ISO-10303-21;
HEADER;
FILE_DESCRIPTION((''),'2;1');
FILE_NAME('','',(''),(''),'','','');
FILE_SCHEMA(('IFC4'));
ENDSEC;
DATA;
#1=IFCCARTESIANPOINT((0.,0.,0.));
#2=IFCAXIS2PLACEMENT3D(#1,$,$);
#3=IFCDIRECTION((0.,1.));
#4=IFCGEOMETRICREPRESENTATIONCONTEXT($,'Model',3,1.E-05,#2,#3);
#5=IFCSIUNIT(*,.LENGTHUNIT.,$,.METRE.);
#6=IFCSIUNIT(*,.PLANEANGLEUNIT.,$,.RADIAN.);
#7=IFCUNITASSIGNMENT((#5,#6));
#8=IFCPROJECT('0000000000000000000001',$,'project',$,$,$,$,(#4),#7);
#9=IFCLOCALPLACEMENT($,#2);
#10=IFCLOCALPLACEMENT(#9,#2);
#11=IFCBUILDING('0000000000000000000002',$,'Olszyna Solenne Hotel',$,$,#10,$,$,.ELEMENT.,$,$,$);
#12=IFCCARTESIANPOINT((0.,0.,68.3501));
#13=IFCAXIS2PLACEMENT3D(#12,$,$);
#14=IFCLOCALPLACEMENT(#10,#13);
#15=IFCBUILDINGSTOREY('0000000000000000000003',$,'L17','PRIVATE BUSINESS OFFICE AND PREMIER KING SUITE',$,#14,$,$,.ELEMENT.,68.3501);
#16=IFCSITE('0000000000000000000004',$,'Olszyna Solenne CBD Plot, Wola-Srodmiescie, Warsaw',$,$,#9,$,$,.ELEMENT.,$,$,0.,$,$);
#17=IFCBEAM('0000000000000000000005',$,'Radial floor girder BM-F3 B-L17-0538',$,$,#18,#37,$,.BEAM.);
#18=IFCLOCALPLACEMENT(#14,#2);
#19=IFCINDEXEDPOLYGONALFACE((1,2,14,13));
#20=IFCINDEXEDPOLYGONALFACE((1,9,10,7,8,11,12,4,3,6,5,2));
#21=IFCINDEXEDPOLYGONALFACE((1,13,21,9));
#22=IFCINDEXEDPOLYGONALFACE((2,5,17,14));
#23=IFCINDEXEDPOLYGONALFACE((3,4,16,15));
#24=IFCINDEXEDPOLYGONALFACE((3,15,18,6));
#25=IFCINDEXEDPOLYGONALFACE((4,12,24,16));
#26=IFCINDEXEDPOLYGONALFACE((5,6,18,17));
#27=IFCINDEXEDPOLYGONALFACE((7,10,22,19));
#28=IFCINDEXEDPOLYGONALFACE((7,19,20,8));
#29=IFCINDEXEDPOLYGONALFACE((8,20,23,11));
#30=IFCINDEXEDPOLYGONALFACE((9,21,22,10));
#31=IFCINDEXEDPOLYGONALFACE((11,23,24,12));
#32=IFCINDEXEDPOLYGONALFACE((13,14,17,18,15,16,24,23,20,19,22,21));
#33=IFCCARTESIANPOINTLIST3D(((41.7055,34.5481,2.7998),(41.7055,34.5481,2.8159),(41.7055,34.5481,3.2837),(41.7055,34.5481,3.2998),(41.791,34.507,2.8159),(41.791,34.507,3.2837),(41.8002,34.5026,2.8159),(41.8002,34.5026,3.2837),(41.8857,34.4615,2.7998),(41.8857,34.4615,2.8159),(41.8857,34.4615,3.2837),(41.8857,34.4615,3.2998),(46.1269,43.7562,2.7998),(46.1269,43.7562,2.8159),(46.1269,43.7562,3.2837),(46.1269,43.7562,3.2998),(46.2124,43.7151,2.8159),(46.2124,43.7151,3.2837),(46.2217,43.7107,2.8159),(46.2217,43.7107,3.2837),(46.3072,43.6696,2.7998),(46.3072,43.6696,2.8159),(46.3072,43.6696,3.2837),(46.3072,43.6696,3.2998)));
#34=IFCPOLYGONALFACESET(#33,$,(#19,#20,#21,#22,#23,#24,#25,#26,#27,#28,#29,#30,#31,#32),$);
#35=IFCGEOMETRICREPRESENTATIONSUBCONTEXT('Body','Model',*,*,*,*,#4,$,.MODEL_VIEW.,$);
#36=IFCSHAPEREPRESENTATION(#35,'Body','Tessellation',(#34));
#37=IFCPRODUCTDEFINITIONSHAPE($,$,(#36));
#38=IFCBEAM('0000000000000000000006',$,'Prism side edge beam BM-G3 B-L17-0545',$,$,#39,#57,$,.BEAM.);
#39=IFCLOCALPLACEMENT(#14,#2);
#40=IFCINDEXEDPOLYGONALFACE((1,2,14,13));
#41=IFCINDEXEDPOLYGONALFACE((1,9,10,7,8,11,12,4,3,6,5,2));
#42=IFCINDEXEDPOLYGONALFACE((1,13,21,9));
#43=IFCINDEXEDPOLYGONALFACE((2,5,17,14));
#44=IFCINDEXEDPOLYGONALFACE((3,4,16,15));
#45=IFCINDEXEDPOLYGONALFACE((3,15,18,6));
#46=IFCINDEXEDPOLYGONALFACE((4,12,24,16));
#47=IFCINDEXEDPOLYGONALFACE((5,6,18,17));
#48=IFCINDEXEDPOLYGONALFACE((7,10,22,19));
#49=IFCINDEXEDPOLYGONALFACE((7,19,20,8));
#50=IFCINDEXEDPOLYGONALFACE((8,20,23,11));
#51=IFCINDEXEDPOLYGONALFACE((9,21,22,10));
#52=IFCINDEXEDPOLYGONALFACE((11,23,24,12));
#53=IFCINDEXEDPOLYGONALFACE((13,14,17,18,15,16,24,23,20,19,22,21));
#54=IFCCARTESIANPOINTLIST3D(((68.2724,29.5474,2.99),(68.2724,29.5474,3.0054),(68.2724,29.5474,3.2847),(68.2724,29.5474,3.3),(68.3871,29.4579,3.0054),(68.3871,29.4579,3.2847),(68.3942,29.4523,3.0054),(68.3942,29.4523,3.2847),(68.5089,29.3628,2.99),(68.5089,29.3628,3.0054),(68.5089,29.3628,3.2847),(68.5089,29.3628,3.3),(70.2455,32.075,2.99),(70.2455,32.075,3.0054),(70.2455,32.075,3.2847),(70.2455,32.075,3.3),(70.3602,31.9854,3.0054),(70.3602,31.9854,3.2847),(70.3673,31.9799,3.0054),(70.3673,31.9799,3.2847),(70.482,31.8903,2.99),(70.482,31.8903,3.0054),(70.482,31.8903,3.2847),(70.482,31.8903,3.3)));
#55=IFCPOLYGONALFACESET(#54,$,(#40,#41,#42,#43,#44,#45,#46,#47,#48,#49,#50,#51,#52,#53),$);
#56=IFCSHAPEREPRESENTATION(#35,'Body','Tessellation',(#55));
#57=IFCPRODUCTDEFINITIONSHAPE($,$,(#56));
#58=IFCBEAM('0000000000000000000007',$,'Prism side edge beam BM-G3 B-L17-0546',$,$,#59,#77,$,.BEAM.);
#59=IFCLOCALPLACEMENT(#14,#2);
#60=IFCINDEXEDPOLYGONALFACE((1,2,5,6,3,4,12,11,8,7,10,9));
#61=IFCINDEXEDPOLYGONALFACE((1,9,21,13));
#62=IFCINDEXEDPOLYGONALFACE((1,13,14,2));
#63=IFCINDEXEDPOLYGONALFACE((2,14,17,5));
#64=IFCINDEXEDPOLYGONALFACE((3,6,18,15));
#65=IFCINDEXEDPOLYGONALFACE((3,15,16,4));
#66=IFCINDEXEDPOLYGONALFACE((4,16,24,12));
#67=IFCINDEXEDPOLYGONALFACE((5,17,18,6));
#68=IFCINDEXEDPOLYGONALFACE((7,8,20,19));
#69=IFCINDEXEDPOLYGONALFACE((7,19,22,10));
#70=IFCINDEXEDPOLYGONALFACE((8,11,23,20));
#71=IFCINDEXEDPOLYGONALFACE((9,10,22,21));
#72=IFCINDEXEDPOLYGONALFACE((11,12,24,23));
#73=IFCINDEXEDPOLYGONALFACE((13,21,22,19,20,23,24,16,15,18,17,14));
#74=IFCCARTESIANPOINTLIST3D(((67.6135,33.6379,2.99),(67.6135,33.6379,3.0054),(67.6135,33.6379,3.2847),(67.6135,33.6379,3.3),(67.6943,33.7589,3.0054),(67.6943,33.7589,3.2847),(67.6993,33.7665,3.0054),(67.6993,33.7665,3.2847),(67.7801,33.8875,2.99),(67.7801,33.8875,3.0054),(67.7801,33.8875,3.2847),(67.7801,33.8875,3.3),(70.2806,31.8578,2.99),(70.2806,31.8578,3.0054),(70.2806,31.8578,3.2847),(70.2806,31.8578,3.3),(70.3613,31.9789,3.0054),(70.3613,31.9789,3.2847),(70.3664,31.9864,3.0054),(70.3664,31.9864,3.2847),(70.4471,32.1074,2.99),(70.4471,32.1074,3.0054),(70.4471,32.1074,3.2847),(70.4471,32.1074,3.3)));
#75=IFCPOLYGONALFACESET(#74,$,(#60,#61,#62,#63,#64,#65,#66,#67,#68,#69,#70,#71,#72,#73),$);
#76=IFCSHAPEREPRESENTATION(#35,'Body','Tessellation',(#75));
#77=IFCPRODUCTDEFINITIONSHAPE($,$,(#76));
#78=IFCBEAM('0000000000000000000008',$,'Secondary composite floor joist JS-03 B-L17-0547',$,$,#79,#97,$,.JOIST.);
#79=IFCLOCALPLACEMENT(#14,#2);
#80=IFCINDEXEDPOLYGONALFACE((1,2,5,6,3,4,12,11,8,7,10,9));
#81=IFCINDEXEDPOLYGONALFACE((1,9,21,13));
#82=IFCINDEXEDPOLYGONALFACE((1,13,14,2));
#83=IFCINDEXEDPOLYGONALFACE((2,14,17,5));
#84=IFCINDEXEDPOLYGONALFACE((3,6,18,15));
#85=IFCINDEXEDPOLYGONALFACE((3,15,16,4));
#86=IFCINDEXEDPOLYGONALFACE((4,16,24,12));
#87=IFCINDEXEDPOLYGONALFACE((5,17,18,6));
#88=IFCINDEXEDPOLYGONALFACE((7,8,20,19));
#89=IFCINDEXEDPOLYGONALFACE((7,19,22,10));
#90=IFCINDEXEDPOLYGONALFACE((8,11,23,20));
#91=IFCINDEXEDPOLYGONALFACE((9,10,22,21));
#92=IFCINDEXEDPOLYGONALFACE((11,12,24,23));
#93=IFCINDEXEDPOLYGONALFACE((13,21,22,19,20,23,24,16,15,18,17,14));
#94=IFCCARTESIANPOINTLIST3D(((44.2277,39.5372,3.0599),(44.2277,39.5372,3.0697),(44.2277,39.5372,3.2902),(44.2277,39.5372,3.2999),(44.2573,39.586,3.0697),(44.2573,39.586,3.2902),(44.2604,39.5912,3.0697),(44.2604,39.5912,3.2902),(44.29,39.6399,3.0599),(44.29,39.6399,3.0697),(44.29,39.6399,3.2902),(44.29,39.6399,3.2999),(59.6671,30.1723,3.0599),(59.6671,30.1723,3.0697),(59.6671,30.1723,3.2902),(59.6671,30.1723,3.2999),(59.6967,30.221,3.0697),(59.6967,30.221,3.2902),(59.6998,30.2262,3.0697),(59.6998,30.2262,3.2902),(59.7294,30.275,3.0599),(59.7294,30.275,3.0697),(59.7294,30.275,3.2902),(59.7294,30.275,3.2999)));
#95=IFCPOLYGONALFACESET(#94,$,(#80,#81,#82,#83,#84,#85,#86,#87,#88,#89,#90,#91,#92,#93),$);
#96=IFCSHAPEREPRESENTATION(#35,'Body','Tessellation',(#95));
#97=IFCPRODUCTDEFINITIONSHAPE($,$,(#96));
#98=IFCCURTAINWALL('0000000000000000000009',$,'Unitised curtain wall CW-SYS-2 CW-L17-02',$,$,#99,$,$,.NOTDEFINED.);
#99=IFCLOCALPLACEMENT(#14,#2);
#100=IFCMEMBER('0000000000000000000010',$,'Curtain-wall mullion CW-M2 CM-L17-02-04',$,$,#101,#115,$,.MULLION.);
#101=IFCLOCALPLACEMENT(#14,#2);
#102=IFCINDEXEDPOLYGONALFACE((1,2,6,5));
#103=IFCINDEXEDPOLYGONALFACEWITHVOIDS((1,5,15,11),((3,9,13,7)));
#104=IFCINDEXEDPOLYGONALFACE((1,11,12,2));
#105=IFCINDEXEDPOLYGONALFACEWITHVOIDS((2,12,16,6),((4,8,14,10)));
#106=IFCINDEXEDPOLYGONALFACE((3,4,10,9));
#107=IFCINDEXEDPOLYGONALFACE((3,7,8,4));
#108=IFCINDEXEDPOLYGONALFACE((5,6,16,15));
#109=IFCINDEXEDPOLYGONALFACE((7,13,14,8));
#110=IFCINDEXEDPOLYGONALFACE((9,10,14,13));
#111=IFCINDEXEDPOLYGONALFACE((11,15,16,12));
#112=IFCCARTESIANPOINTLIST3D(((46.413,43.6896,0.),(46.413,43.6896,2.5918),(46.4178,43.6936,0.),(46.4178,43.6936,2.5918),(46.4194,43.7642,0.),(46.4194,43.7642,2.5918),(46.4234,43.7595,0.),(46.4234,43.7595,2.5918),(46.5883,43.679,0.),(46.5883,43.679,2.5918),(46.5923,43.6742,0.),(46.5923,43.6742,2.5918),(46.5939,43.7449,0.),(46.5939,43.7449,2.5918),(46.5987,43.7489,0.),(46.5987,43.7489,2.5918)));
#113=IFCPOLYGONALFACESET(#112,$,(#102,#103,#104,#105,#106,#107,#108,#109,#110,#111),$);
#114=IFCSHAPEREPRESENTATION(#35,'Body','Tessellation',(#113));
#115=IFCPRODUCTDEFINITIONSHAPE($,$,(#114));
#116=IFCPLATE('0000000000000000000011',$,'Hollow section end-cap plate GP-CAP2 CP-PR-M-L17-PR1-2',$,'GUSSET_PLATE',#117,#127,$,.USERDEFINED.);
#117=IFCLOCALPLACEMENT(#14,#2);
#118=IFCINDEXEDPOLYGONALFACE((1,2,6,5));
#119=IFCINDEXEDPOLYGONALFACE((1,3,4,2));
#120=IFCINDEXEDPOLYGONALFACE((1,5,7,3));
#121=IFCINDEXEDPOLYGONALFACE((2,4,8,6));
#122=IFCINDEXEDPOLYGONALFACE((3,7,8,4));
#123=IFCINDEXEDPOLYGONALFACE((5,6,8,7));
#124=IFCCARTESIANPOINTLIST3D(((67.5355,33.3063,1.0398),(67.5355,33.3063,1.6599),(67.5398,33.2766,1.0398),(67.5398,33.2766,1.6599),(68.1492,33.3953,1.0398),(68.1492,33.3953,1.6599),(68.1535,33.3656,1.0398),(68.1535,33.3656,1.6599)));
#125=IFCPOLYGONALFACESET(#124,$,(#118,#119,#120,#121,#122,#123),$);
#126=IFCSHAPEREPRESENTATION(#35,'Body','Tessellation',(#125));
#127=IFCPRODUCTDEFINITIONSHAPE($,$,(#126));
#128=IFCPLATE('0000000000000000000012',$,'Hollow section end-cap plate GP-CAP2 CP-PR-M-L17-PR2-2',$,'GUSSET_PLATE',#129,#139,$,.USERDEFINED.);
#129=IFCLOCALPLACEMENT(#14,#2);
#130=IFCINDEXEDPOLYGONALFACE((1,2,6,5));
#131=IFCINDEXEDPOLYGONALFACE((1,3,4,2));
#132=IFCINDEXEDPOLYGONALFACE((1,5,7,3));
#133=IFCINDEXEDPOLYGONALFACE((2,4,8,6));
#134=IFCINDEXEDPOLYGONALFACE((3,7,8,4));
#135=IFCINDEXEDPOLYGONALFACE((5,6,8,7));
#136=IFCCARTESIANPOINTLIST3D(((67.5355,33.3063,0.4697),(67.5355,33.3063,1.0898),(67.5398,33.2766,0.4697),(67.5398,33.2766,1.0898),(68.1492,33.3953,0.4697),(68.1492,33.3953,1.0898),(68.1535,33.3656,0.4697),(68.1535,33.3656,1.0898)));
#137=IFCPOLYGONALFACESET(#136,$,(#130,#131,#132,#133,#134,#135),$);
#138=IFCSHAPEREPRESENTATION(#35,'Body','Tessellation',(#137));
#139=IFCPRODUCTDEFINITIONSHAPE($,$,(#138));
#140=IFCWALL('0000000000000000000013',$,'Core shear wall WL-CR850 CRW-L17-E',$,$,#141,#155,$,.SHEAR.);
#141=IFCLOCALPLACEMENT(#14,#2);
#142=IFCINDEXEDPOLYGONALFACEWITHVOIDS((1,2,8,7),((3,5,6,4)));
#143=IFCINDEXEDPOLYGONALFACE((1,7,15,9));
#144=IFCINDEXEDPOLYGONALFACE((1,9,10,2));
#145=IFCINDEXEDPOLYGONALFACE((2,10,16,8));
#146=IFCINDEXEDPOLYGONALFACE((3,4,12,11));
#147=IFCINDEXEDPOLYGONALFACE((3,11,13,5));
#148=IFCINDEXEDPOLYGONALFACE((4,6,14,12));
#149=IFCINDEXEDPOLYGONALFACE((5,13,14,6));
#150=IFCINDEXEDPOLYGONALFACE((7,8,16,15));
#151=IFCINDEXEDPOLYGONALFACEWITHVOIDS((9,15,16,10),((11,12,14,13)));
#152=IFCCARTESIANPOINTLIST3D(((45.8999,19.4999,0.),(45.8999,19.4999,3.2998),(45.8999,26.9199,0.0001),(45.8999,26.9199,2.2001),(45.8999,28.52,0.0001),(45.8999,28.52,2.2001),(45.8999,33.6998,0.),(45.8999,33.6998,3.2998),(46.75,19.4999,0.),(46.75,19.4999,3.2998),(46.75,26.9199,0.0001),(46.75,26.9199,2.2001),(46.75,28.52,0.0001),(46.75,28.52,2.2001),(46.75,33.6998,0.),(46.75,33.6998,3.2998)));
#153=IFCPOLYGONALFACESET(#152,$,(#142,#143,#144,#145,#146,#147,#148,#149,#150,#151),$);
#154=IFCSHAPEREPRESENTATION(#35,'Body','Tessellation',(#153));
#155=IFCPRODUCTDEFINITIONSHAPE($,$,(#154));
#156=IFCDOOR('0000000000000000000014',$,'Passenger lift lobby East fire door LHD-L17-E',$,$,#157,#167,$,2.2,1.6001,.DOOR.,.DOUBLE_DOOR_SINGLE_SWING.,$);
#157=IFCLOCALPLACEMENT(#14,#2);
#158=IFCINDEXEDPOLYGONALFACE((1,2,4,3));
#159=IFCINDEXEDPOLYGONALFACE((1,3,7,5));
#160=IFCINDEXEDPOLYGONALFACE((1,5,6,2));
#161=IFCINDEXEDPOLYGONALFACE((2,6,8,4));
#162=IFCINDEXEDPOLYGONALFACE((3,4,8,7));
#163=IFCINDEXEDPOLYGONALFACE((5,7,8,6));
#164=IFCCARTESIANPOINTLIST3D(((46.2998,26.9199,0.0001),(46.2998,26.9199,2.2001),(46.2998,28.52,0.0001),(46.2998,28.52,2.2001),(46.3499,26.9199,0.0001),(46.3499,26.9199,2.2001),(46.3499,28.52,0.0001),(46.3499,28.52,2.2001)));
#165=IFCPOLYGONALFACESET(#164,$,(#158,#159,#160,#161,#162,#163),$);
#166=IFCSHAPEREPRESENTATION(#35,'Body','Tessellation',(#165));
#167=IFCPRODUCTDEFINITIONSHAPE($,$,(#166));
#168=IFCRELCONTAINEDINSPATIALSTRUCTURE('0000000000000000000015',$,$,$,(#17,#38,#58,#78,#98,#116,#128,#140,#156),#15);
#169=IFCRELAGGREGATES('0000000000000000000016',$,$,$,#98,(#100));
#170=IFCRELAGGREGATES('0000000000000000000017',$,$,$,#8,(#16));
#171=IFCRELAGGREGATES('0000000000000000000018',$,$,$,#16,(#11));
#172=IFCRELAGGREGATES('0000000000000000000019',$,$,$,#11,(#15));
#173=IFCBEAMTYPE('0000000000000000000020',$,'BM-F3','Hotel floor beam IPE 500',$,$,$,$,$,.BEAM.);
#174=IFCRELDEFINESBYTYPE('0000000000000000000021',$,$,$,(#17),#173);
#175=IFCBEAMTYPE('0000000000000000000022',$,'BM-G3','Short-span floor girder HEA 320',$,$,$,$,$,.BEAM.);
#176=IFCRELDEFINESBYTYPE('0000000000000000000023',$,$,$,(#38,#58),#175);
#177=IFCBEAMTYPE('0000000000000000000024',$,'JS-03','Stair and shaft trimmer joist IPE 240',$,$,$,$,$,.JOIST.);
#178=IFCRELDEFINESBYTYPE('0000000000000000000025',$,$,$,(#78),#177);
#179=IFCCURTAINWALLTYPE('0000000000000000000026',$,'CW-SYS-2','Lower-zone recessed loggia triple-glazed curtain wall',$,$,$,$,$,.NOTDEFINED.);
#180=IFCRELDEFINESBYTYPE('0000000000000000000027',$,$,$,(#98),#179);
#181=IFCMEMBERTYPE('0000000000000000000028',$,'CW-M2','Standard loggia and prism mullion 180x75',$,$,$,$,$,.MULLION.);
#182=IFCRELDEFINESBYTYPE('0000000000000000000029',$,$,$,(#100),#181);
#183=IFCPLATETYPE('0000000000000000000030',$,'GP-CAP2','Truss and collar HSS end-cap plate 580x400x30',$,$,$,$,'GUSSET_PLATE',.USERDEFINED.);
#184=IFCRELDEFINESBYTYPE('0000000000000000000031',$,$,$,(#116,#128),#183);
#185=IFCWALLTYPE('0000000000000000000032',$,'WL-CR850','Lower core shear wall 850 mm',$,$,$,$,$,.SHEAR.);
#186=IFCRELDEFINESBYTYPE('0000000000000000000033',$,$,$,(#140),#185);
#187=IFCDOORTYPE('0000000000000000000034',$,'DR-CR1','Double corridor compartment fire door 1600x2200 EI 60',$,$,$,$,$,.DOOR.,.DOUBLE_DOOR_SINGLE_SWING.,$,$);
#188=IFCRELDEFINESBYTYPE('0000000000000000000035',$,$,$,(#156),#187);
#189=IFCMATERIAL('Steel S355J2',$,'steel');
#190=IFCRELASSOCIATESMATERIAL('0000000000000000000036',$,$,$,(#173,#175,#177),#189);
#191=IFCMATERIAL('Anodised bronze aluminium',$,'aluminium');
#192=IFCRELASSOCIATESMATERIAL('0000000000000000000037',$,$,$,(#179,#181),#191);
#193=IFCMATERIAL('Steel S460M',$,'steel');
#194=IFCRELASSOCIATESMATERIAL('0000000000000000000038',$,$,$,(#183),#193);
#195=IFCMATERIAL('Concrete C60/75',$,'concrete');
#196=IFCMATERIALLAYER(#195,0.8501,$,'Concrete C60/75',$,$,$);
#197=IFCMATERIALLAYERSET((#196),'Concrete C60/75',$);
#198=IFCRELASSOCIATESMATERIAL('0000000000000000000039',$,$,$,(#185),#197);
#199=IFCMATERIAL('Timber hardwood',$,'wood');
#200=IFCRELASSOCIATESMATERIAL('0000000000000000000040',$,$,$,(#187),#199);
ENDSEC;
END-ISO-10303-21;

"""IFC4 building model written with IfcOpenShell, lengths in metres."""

from ifc_helpers import new_model, si_unit, direction, frame, frame_2d, origin, origin_2d, place, context, subcontext, project, spatial, rectangle, hollow_rectangle, i_section, extrude, source, transform, mapped, material, layer, layer_set, material_profile, profile_set, type_object, type_shapes, element, fill, aggregate, save


model = new_model("IFC4")

# Units and contexts
model_context = context("Model", 3, precision=1e-05, world=origin(), true_north=direction((0.0, 1.0)))
body_context = subcontext(model_context, "Body", "Model", "MODEL_VIEW")
ifc_project = project(units=[si_unit("LENGTHUNIT", "METRE"), si_unit("PLANEANGLEUNIT", "RADIAN")], contexts=[model_context])

# Site, building, storey
site_placement = place(None, origin())
site = spatial("IfcSite", under=ifc_project, at=site_placement, Name="Olszyna Solenne CBD Plot, Wola-Srodmiescie, Warsaw", CompositionType="ELEMENT", RefElevation=0.0)
building_placement = place(site_placement, origin())
building = spatial("IfcBuilding", under=site, at=building_placement, Name="Olszyna Solenne Hotel", CompositionType="ELEMENT")
storey_placement = place(building_placement, frame((0.0, 0.0, 68.3501)))
storey = spatial("IfcBuildingStorey", under=building, at=storey_placement, Name="L17", Description="PRIVATE BUSINESS OFFICE AND PREMIER KING SUITE", CompositionType="ELEMENT", Elevation=68.3501)

# Shared definitions
ifc_material_1 = material(Name="Steel S460M", Category="steel")

# Beams
ifc_material_2 = material(Name="Steel S355J2", Category="steel")
ifc_material_profile_1 = material_profile(ifc_material_2, i_section(OverallWidth=0.2, OverallDepth=0.5, WebThickness=0.0103, FlangeThickness=0.0161, at=origin_2d()), Name="IPE 500", Category="load-bearing")
ifc_profile_set_1 = profile_set([ifc_material_profile_1], Name="Steel S355J2")
beam_type_1 = type_object("IfcBeamType", Name="BM-F3", Description="Hotel floor beam IPE 500", PredefinedType="BEAM", material=ifc_profile_set_1)
shared_shape_1 = source(origin(), body_context, "Body", "SweptSolid", [
    extrude(i_section(OverallWidth=0.2, OverallDepth=0.5, WebThickness=0.0103, FlangeThickness=0.0161, at=origin_2d()), origin(), (0.0, 0.0, 1.0), 10.2146),
])
beam_1_placement = place(storey_placement, frame((46.217, 43.7129, 3.0498), z_axis=(-0.432854, -0.901464, 0.0), x_axis=(0.901464, -0.432854, 0.0)))
element("IfcBeam", 1, at=beam_1_placement, inside=storey, type_object=beam_type_1, Name="Radial floor girder BM-F3 B-L17-0538", PredefinedType="BEAM", context=body_context, shape_type="MappedRepresentation", body=[
    mapped(shared_shape_1, transform((0.0, 0.0, 0.0), x_axis=(1.0, 0.0, 0.0), y_axis=(0.0, 1.0, 0.0), z_axis=(0.0, 0.0, 1.0), scale=1.0)),
])
ifc_material_profile_2 = material_profile(ifc_material_2, i_section(OverallWidth=0.3, OverallDepth=0.3101, WebThickness=0.009, FlangeThickness=0.0154, at=origin_2d()), Name="HEA 320", Category="load-bearing")
ifc_profile_set_2 = profile_set([ifc_material_profile_2], Name="Steel S355J2")
beam_type_2 = type_object("IfcBeamType", Name="BM-G3", Description="Short-span floor girder HEA 320", PredefinedType="BEAM", material=ifc_profile_set_2)
shared_shape_2 = source(origin(), body_context, "Body", "SweptSolid", [
    extrude(i_section(OverallWidth=0.3, OverallDepth=0.3101, WebThickness=0.009, FlangeThickness=0.0154, at=origin_2d()), origin(), (0.0, 0.0, 1.0), 3.2065),
])
for number, where, z_axis, x_axis, name in (
    (2, (68.3906, 29.4551, 3.145), (0.615347, 0.788256, 0.0), (-0.788256, 0.615347, 0.0), "Prism side edge beam BM-G3 B-L17-0545"),
    (3, (67.6968, 33.7627, 3.145), (0.831757, -0.555139, 0.0), (0.555139, 0.831757, 0.0), "Prism side edge beam BM-G3 B-L17-0546"),
):
    element("IfcBeam", number, at=place(storey_placement, frame(where, z_axis=z_axis, x_axis=x_axis)), inside=storey, type_object=beam_type_2, Name=name, PredefinedType="BEAM", context=body_context, shape_type="MappedRepresentation", body=[
        mapped(shared_shape_2, transform((0.0, 0.0, 0.0), x_axis=(1.0, 0.0, 0.0), y_axis=(0.0, 1.0, 0.0), z_axis=(0.0, 0.0, 1.0), scale=1.0)),
    ])
ifc_material_profile_3 = material_profile(ifc_material_2, i_section(OverallWidth=0.1201, OverallDepth=0.24, WebThickness=0.0061, FlangeThickness=0.0098, at=origin_2d()), Name="IPE 240", Category="load-bearing")
ifc_profile_set_3 = profile_set([ifc_material_profile_3], Name="Steel S355J2")
beam_type_3 = type_object("IfcBeamType", Name="JS-03", Description="Stair and shaft trimmer joist IPE 240", PredefinedType="JOIST", material=ifc_profile_set_3)
shared_shape_3 = source(origin(), body_context, "Body", "SweptSolid", [
    extrude(i_section(OverallWidth=0.1201, OverallDepth=0.24, WebThickness=0.0061, FlangeThickness=0.0098, at=origin_2d()), origin(), (0.0, 0.0, 1.0), 18.0576),
])
beam_2_placement = place(storey_placement, frame((59.6982, 30.2236, 3.1799), z_axis=(-0.855008, 0.518615, 0.0), x_axis=(-0.518615, -0.855008, 0.0)))
element("IfcBeam", 4, at=beam_2_placement, inside=storey, type_object=beam_type_3, Name="Secondary composite floor joist JS-03 B-L17-0547", PredefinedType="JOIST", context=body_context, shape_type="MappedRepresentation", body=[
    mapped(shared_shape_3, transform((0.0, 0.0, 0.0), x_axis=(1.0, 0.0, 0.0), y_axis=(0.0, 1.0, 0.0), z_axis=(0.0, 0.0, 1.0), scale=1.0)),
])

# Curtain wall, member
ifc_material_3 = material(Name="Anodised bronze aluminium", Category="aluminium")
curtain_wall_type = type_object("IfcCurtainWallType", Name="CW-SYS-2", Description="Lower-zone recessed loggia triple-glazed curtain wall", PredefinedType="NOTDEFINED", material=ifc_material_3)
curtain_wall_placement = place(storey_placement, origin())
curtain_wall = element("IfcCurtainWall", 5, at=curtain_wall_placement, inside=storey, type_object=curtain_wall_type, Name="Unitised curtain wall CW-SYS-2 CW-L17-02", PredefinedType="NOTDEFINED")
ifc_material_profile_4 = material_profile(ifc_material_3, hollow_rectangle(XDim=0.075, YDim=0.1799, WallThickness=0.0044, at=origin_2d()), Name="MULL 180x75x4.5", Category="load-bearing")
ifc_profile_set_4 = profile_set([ifc_material_profile_4], Name="Anodised bronze aluminium")
member_type = type_object("IfcMemberType", Name="CW-M2", Description="Standard loggia and prism mullion 180x75", PredefinedType="MULLION", material=ifc_profile_set_4)
shared_shape_4 = source(origin(), body_context, "Body", "SweptSolid", [
    extrude(hollow_rectangle(XDim=0.075, YDim=0.1799, WallThickness=0.0044, at=origin_2d()), origin(), (0.0, 0.0, 1.0), 2.5918),
])
member_placement = place(storey_placement, frame((46.5059, 43.7192, 0.0), z_axis=(0.0, 0.0, 1.0), x_axis=(0.085125, 0.99637, 0.0)))
member = element("IfcMember", 6, at=member_placement, type_object=member_type, Name="Curtain-wall mullion CW-M2 CM-L17-02-04", PredefinedType="MULLION", context=body_context, shape_type="MappedRepresentation", body=[
    mapped(shared_shape_4, transform((0.0, 0.0, 0.0), x_axis=(1.0, 0.0, 0.0), y_axis=(0.0, 1.0, 0.0), z_axis=(0.0, 0.0, 1.0), scale=1.0)),
])
aggregate(curtain_wall, [member])

# Plates
plate_type = type_object("IfcPlateType", Name="GP-CAP2", Description="Truss and collar HSS end-cap plate 580x400x30", ElementType="GUSSET_PLATE", PredefinedType="USERDEFINED", material=ifc_material_1)
shared_shape_5 = source(origin(), body_context, "Body", "SweptSolid", [
    extrude(rectangle(XDim=0.03, YDim=0.6201, at=origin_2d()), origin(), (0.0, 0.0, 1.0), 0.6201),
])
for number, where, z_axis, x_axis, name in (
    (7, (67.8445, 33.3359, 1.0398), (0.0, 0.0, 1.0), (-0.143493, 0.989651, 0.0), "Hollow section end-cap plate GP-CAP2 CP-PR-M-L17-PR1-2"),
    (8, (67.8445, 33.3359, 0.4697), (0.0, 0.0, 1.0), (-0.143493, 0.989651, 0.0), "Hollow section end-cap plate GP-CAP2 CP-PR-M-L17-PR2-2"),
):
    element("IfcPlate", number, at=place(storey_placement, frame(where, z_axis=z_axis, x_axis=x_axis)), inside=storey, type_object=plate_type, Name=name, ObjectType="GUSSET_PLATE", PredefinedType="USERDEFINED", context=body_context, shape_type="MappedRepresentation", body=[
        mapped(shared_shape_5, transform((0.0, 0.0, 0.0), x_axis=(1.0, 0.0, 0.0), y_axis=(0.0, 1.0, 0.0), z_axis=(0.0, 0.0, 1.0), scale=1.0)),
    ])

# Wall, opening, door
ifc_material_4 = material(Name="Concrete C60/75", Category="concrete")
ifc_layer_1 = layer(ifc_material_4, 0.8501, Name="Concrete C60/75")
ifc_layer_set_1 = layer_set([ifc_layer_1], Name="Concrete C60/75")
wall_type_1 = type_object("IfcWallType", Name="WL-CR850", Description="Lower core shear wall 850 mm", PredefinedType="SHEAR", material=ifc_layer_set_1)
wall_1_placement = place(storey_placement, frame((46.325, 33.7, 0.0), z_axis=(0.0, 0.0, 1.0), x_axis=(0.0, -1.0, 0.0)))
wall_1 = element("IfcWall", 9, at=wall_1_placement, inside=storey, type_object=wall_type_1, Name="Core shear wall WL-CR850 CRW-L17-E", PredefinedType="SHEAR", context=body_context, shape_type="SweptSolid", body=[
    extrude(rectangle(XDim=14.2, YDim=0.8501, at=frame_2d((7.1001, 0.0))), origin(), (0.0, 0.0, 1.0), 3.2998),
])
opening_1_placement = place(wall_1_placement, frame((5.1799, 0.0, 0.0)))
opening_1 = element("IfcOpeningElement", 10, at=opening_1_placement, cuts=wall_1, PredefinedType="OPENING", context=body_context, shape_type="SweptSolid", body=[
    extrude(rectangle(XDim=1.6001, YDim=2.2, at=frame_2d((0.8, 1.1001))), frame((0.0, 0.4351, 0.0), z_axis=(0.0, -1.0, 0.0), x_axis=(1.0, 0.0, 0.0)), (0.0, 0.0, 1.0), 0.8701),
])
ifc_material_5 = material(Name="Timber hardwood", Category="wood")
door_type_1 = type_object("IfcDoorType", Name="DR-CR1", Description="Double corridor compartment fire door 1600x2200 EI 60", OperationType="DOUBLE_DOOR_SINGLE_SWING", PredefinedType="DOOR", material=ifc_material_5)
shared_shape_6 = source(origin(), body_context, "Body", "SweptSolid", [
    extrude(rectangle(XDim=1.6001, YDim=2.2, at=frame_2d((0.8, 1.1001))), frame((0.0, 0.0249, 0.0), z_axis=(0.0, -1.0, 0.0), x_axis=(1.0, 0.0, 0.0)), (0.0, 0.0, 1.0), 0.05),
])
type_shapes(door_type_1, [shared_shape_6])
door_1_placement = place(opening_1_placement, origin())
door_1 = element("IfcDoor", 11, at=door_1_placement, inside=storey, type_object=door_type_1, Name="Passenger lift lobby East fire door LHD-L17-E", OperationType="DOUBLE_DOOR_SINGLE_SWING", OverallHeight=2.2, OverallWidth=1.6001, PredefinedType="DOOR", context=body_context, shape_type="MappedRepresentation", body=[
    mapped(shared_shape_6, transform((0.0, 0.0, 0.0), x_axis=(1.0, 0.0, 0.0), y_axis=(0.0, 1.0, 0.0), z_axis=(0.0, 0.0, 1.0), scale=1.0)),
])
fill(opening_1, door_1)

save(model, "model.ifc")
